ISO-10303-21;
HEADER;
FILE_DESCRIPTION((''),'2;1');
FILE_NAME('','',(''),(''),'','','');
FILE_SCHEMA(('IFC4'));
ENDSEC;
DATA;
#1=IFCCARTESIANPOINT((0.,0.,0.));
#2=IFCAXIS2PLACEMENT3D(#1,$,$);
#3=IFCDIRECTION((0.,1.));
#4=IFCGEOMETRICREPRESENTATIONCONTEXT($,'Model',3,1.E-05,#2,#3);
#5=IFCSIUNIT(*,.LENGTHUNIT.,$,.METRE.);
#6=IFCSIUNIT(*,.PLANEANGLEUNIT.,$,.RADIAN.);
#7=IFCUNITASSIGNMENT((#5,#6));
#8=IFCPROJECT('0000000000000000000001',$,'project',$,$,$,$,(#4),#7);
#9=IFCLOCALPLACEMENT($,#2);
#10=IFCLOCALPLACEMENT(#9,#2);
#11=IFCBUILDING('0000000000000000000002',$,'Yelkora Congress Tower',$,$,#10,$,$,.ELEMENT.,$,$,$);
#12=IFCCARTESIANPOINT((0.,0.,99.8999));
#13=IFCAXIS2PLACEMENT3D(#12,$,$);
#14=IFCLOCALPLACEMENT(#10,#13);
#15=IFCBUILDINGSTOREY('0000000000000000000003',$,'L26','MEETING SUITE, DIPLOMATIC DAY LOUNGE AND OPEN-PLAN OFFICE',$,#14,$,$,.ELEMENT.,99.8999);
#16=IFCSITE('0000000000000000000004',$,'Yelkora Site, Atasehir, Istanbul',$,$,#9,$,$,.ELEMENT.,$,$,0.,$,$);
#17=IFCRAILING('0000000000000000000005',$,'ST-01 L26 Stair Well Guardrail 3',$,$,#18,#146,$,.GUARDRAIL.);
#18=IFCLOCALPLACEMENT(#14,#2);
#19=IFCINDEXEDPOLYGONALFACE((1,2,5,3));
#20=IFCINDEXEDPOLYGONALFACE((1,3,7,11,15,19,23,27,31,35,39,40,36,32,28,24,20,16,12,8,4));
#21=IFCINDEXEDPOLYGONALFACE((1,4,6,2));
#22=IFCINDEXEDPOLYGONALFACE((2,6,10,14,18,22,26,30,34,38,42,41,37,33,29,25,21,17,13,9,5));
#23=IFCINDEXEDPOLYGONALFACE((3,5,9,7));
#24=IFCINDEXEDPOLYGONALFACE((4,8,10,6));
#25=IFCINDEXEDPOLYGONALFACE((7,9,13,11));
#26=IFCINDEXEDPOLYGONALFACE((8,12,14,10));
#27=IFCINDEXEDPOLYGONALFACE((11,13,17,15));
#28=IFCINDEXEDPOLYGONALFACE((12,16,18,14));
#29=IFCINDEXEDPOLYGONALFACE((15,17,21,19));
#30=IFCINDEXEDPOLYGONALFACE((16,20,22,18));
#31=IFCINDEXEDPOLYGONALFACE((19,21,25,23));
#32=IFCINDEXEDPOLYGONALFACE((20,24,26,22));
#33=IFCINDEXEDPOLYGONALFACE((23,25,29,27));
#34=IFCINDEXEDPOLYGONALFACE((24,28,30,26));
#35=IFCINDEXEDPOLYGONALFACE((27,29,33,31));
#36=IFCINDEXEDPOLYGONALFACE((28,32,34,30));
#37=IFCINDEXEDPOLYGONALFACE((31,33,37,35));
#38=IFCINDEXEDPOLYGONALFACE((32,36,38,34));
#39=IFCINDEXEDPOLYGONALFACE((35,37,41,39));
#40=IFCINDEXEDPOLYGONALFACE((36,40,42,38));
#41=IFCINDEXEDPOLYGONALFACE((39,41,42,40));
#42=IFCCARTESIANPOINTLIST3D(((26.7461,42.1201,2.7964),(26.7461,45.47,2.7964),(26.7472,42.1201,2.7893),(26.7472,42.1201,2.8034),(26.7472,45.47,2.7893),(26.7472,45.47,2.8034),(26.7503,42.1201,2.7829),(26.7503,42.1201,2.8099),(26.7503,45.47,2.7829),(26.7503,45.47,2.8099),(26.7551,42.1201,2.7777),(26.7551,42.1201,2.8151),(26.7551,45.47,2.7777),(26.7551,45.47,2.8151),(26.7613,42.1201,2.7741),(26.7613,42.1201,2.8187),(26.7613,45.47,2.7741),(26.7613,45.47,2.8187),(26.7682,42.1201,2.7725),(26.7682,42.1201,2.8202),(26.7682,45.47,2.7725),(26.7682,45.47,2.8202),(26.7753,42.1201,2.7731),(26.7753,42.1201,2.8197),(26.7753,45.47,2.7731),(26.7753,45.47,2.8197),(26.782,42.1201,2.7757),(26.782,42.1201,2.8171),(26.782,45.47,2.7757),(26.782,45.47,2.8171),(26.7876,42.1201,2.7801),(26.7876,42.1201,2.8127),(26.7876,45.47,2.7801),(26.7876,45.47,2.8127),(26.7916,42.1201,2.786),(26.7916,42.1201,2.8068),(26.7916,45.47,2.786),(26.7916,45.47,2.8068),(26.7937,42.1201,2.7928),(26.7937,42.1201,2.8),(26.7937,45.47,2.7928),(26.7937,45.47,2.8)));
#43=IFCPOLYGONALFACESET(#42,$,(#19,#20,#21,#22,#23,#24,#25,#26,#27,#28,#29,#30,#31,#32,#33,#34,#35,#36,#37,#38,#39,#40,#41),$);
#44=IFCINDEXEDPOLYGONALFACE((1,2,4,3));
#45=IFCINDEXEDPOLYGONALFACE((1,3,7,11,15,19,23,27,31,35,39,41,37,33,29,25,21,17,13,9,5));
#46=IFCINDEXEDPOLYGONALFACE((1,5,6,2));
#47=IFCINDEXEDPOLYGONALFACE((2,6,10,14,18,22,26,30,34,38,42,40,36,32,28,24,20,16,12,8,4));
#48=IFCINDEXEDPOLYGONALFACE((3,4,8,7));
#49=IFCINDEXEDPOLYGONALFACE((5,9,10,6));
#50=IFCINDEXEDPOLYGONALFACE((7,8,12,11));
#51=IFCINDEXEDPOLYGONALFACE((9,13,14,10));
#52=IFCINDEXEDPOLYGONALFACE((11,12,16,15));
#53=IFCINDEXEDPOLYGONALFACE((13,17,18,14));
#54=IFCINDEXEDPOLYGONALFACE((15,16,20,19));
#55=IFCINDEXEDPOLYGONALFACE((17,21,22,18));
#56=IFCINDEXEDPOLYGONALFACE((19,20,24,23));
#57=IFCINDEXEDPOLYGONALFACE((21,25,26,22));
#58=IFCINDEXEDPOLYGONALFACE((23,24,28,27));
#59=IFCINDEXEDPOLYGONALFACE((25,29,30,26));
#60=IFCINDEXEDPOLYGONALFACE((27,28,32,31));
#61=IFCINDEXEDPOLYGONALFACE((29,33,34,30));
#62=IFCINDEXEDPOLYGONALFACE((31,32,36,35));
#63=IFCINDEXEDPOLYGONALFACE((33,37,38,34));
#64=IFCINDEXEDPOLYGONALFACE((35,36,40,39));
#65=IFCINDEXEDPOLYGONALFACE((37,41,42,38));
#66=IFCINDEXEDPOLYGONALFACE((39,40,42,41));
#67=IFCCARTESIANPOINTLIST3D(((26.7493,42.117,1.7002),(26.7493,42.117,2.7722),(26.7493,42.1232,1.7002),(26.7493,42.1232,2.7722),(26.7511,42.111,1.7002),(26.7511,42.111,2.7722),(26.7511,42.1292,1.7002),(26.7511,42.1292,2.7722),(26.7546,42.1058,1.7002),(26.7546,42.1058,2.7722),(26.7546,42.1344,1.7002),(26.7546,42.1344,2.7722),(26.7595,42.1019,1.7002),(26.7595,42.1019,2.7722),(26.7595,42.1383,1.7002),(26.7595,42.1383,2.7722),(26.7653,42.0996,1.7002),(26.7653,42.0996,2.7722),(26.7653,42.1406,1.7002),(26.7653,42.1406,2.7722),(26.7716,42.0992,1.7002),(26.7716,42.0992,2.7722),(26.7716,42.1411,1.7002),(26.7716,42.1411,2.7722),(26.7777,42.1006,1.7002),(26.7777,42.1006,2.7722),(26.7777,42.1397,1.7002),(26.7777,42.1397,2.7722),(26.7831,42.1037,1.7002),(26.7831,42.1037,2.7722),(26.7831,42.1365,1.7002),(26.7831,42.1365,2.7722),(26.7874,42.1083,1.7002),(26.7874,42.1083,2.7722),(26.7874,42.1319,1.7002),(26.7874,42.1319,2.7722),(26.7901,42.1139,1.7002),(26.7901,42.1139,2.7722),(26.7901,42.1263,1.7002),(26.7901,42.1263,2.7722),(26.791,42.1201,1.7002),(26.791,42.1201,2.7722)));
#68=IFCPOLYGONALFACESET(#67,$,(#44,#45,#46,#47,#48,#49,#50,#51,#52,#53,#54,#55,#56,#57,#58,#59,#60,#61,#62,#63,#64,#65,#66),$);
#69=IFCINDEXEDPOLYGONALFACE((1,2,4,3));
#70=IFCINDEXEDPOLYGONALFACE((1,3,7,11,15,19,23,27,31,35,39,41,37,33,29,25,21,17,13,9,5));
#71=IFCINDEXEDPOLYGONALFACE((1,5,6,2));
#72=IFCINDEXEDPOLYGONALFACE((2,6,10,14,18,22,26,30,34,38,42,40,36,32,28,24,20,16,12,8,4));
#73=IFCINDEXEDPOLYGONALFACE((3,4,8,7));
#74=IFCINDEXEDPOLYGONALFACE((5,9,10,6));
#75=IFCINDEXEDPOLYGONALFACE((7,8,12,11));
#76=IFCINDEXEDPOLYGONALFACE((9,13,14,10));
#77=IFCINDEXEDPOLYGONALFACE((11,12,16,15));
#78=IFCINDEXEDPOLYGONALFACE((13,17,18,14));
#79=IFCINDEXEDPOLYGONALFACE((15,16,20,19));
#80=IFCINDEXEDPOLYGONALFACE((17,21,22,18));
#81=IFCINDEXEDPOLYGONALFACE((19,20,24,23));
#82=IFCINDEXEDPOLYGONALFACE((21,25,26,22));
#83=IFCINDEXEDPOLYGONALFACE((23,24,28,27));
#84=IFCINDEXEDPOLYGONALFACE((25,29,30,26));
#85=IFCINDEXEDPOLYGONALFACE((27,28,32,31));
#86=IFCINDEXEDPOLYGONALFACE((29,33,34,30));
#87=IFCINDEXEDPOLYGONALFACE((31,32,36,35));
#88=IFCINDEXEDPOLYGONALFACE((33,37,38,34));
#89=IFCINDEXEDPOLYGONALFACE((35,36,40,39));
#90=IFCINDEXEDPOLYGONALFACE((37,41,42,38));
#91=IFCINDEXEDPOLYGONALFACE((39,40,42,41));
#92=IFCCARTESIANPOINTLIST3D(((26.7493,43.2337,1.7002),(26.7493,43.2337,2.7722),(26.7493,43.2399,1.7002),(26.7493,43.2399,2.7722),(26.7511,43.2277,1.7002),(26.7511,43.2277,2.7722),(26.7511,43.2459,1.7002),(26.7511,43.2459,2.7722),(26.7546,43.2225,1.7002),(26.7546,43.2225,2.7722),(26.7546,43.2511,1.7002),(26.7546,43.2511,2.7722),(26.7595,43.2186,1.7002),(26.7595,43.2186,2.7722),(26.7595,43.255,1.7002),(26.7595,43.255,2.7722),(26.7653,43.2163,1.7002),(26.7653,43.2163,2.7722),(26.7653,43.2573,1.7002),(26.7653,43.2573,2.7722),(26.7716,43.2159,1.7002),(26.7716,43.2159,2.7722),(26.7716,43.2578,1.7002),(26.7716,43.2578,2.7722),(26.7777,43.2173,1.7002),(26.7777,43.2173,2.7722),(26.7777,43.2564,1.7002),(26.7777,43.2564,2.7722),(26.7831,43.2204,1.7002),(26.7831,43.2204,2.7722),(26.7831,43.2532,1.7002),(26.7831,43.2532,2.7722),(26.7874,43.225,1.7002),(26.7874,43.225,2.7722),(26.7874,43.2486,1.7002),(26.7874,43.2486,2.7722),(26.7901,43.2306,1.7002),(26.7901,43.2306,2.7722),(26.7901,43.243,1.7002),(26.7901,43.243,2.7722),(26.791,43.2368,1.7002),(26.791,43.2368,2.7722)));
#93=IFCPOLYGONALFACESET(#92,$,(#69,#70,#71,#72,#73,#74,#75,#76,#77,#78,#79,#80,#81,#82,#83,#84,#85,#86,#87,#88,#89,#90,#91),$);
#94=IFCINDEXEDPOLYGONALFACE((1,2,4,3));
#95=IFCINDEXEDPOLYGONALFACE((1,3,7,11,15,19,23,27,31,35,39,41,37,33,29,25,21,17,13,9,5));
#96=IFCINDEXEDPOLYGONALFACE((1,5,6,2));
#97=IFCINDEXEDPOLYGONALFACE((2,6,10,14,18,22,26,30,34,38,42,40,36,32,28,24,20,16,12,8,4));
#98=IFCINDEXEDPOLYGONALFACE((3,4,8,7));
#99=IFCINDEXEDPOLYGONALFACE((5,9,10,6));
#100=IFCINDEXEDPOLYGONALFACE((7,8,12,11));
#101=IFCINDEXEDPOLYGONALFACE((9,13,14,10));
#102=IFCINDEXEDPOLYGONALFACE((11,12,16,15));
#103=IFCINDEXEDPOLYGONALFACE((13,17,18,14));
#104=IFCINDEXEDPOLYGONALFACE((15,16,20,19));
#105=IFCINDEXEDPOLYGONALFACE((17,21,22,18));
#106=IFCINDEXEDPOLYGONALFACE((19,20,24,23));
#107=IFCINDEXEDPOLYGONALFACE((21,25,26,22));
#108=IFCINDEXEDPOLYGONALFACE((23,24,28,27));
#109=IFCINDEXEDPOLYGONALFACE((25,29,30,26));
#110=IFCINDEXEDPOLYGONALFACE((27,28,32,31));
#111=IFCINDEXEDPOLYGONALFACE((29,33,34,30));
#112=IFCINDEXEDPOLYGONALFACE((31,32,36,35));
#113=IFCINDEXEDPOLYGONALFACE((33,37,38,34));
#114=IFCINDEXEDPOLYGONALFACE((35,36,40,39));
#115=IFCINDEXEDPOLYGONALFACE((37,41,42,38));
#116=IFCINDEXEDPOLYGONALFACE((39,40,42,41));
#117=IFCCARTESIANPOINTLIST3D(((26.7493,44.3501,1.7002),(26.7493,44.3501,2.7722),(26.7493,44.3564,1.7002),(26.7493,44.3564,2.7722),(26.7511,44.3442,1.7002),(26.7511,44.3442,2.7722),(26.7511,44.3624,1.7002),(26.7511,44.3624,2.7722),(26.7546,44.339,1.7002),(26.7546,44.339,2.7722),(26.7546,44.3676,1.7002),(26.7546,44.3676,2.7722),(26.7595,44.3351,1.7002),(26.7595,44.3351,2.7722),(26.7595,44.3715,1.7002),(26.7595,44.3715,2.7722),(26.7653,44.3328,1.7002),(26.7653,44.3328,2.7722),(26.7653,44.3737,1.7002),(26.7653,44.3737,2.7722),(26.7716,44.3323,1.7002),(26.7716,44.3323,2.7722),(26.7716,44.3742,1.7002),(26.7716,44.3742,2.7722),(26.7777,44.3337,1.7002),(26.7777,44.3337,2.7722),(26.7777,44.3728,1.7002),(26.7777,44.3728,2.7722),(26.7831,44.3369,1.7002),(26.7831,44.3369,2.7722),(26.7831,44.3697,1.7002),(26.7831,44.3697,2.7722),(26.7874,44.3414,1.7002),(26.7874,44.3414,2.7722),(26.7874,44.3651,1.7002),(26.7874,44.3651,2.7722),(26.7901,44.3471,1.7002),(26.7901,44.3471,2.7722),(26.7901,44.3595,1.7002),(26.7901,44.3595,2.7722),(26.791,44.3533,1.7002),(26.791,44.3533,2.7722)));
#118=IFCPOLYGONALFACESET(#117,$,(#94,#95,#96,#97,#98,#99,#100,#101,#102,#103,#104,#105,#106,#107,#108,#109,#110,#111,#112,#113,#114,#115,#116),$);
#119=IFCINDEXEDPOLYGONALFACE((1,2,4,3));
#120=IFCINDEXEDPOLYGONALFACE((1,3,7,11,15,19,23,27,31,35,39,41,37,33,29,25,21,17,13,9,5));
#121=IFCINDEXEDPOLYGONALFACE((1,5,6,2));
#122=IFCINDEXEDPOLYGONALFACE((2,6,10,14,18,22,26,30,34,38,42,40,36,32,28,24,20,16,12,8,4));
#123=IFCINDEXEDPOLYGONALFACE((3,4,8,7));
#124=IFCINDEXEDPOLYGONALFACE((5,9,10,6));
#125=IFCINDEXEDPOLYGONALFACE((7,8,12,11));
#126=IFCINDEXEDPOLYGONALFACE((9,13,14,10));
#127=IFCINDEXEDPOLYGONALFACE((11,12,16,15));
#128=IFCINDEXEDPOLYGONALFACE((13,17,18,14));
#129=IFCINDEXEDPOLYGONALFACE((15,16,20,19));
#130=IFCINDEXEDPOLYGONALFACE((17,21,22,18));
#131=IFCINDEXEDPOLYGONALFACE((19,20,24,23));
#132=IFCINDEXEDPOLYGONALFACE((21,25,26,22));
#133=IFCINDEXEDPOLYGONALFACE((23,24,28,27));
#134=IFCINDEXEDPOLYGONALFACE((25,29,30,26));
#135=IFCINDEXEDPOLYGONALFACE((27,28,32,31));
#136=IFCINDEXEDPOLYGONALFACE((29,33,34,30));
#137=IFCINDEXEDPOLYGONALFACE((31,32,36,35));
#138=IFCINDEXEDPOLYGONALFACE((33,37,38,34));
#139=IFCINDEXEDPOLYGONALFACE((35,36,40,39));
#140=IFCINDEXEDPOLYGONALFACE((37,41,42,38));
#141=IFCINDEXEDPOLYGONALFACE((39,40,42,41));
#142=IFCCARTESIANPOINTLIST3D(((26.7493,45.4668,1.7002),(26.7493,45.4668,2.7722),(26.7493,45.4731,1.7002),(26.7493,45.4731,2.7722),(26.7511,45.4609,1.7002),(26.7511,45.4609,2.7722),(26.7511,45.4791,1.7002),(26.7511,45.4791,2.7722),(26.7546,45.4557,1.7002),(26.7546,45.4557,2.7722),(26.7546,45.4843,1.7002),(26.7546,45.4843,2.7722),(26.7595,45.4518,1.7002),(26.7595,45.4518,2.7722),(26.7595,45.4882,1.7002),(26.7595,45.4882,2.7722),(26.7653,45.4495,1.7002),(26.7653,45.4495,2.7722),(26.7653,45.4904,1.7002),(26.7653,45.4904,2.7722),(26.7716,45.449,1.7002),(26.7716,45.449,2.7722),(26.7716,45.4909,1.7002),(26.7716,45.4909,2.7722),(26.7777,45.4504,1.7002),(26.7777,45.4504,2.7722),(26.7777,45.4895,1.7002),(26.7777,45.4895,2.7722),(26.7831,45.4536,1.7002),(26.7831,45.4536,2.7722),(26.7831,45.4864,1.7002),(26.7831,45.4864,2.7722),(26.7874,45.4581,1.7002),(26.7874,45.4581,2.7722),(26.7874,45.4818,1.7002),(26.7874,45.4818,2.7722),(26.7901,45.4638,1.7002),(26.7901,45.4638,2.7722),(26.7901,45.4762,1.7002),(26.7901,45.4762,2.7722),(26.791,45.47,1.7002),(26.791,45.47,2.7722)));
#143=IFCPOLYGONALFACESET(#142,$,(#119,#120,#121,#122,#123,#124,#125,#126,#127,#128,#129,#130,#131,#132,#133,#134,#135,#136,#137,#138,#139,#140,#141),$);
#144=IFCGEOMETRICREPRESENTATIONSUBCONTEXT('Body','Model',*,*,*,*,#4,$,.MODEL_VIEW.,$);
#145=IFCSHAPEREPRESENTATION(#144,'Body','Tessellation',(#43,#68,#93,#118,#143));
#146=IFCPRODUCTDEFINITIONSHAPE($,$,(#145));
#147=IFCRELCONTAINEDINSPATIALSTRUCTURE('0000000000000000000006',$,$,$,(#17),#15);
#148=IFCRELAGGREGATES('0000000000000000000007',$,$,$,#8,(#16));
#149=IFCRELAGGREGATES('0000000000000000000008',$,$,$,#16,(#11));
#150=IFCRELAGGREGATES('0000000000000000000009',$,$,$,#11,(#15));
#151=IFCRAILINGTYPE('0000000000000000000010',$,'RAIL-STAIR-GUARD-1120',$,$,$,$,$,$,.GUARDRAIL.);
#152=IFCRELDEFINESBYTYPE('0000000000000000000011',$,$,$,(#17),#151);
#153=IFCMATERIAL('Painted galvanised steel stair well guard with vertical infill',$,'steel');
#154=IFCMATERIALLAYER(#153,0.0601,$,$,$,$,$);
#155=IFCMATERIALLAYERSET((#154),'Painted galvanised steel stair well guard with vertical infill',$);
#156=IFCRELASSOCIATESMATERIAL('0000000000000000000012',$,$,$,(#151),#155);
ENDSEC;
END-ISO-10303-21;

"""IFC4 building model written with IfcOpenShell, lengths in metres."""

from ifc_helpers import new_model, si_unit, direction, frame, origin, origin_2d, place, context, subcontext, project, spatial, circle, extrude, material, layer, layer_set, type_object, element, save


model = new_model("IFC4")

# Units and contexts
model_context = context("Model", 3, precision=1e-05, world=origin(), true_north=direction((0.0, 1.0)))
body_context = subcontext(model_context, "Body", "Model", "MODEL_VIEW")
ifc_project = project(units=[si_unit("LENGTHUNIT", "METRE"), si_unit("PLANEANGLEUNIT", "RADIAN")], contexts=[model_context])

# Site, building, storey
site_placement = place(None, origin())
site = spatial("IfcSite", under=ifc_project, at=site_placement, Name="Yelkora Site, Atasehir, Istanbul", CompositionType="ELEMENT", RefElevation=0.0)
building_placement = place(site_placement, origin())
building = spatial("IfcBuilding", under=site, at=building_placement, Name="Yelkora Congress Tower", CompositionType="ELEMENT")
storey_placement = place(building_placement, frame((0.0, 0.0, 99.8999)))
storey = spatial("IfcBuildingStorey", under=building, at=storey_placement, Name="L26", Description="MEETING SUITE, DIPLOMATIC DAY LOUNGE AND OPEN-PLAN OFFICE", CompositionType="ELEMENT", Elevation=99.8999)

# Railing
ifc_material_1 = material(Name="Painted galvanised steel stair well guard with vertical infill", Category="steel")
ifc_layer_1 = layer(ifc_material_1, 0.0601)
ifc_layer_set_1 = layer_set([ifc_layer_1], Name="Painted galvanised steel stair well guard with vertical infill")
railing_type_1 = type_object("IfcRailingType", Name="RAIL-STAIR-GUARD-1120", PredefinedType="GUARDRAIL", material=ifc_layer_set_1)
railing_1_placement = place(storey_placement, frame((26.77, 42.1201, 1.7002)))
element("IfcRailing", 1, at=railing_1_placement, inside=storey, type_object=railing_type_1, Name="ST-01 L26 Stair Well Guardrail 3", PredefinedType="GUARDRAIL", context=body_context, shape_type="SweptSolid", body=[
    extrude(circle(Radius=0.0239, at=origin_2d()), frame((0.0, 0.0, 1.0962), z_axis=(0.0, 1.0, 0.0), x_axis=(-1.0, 0.0, 0.0)), (0.0, 0.0, 1.0), 3.3499),
    extrude(circle(Radius=0.021, at=origin_2d()), origin(), (0.0, 0.0, 1.0), 1.072),
    extrude(circle(Radius=0.021, at=origin_2d()), frame((0.0, 1.1167, 0.0)), (0.0, 0.0, 1.0), 1.072),
    extrude(circle(Radius=0.021, at=origin_2d()), frame((0.0, 2.2332, 0.0)), (0.0, 0.0, 1.0), 1.072),
    extrude(circle(Radius=0.021, at=origin_2d()), frame((0.0, 3.3499, 0.0)), (0.0, 0.0, 1.0), 1.072),
])

save(model, "model.ifc")
